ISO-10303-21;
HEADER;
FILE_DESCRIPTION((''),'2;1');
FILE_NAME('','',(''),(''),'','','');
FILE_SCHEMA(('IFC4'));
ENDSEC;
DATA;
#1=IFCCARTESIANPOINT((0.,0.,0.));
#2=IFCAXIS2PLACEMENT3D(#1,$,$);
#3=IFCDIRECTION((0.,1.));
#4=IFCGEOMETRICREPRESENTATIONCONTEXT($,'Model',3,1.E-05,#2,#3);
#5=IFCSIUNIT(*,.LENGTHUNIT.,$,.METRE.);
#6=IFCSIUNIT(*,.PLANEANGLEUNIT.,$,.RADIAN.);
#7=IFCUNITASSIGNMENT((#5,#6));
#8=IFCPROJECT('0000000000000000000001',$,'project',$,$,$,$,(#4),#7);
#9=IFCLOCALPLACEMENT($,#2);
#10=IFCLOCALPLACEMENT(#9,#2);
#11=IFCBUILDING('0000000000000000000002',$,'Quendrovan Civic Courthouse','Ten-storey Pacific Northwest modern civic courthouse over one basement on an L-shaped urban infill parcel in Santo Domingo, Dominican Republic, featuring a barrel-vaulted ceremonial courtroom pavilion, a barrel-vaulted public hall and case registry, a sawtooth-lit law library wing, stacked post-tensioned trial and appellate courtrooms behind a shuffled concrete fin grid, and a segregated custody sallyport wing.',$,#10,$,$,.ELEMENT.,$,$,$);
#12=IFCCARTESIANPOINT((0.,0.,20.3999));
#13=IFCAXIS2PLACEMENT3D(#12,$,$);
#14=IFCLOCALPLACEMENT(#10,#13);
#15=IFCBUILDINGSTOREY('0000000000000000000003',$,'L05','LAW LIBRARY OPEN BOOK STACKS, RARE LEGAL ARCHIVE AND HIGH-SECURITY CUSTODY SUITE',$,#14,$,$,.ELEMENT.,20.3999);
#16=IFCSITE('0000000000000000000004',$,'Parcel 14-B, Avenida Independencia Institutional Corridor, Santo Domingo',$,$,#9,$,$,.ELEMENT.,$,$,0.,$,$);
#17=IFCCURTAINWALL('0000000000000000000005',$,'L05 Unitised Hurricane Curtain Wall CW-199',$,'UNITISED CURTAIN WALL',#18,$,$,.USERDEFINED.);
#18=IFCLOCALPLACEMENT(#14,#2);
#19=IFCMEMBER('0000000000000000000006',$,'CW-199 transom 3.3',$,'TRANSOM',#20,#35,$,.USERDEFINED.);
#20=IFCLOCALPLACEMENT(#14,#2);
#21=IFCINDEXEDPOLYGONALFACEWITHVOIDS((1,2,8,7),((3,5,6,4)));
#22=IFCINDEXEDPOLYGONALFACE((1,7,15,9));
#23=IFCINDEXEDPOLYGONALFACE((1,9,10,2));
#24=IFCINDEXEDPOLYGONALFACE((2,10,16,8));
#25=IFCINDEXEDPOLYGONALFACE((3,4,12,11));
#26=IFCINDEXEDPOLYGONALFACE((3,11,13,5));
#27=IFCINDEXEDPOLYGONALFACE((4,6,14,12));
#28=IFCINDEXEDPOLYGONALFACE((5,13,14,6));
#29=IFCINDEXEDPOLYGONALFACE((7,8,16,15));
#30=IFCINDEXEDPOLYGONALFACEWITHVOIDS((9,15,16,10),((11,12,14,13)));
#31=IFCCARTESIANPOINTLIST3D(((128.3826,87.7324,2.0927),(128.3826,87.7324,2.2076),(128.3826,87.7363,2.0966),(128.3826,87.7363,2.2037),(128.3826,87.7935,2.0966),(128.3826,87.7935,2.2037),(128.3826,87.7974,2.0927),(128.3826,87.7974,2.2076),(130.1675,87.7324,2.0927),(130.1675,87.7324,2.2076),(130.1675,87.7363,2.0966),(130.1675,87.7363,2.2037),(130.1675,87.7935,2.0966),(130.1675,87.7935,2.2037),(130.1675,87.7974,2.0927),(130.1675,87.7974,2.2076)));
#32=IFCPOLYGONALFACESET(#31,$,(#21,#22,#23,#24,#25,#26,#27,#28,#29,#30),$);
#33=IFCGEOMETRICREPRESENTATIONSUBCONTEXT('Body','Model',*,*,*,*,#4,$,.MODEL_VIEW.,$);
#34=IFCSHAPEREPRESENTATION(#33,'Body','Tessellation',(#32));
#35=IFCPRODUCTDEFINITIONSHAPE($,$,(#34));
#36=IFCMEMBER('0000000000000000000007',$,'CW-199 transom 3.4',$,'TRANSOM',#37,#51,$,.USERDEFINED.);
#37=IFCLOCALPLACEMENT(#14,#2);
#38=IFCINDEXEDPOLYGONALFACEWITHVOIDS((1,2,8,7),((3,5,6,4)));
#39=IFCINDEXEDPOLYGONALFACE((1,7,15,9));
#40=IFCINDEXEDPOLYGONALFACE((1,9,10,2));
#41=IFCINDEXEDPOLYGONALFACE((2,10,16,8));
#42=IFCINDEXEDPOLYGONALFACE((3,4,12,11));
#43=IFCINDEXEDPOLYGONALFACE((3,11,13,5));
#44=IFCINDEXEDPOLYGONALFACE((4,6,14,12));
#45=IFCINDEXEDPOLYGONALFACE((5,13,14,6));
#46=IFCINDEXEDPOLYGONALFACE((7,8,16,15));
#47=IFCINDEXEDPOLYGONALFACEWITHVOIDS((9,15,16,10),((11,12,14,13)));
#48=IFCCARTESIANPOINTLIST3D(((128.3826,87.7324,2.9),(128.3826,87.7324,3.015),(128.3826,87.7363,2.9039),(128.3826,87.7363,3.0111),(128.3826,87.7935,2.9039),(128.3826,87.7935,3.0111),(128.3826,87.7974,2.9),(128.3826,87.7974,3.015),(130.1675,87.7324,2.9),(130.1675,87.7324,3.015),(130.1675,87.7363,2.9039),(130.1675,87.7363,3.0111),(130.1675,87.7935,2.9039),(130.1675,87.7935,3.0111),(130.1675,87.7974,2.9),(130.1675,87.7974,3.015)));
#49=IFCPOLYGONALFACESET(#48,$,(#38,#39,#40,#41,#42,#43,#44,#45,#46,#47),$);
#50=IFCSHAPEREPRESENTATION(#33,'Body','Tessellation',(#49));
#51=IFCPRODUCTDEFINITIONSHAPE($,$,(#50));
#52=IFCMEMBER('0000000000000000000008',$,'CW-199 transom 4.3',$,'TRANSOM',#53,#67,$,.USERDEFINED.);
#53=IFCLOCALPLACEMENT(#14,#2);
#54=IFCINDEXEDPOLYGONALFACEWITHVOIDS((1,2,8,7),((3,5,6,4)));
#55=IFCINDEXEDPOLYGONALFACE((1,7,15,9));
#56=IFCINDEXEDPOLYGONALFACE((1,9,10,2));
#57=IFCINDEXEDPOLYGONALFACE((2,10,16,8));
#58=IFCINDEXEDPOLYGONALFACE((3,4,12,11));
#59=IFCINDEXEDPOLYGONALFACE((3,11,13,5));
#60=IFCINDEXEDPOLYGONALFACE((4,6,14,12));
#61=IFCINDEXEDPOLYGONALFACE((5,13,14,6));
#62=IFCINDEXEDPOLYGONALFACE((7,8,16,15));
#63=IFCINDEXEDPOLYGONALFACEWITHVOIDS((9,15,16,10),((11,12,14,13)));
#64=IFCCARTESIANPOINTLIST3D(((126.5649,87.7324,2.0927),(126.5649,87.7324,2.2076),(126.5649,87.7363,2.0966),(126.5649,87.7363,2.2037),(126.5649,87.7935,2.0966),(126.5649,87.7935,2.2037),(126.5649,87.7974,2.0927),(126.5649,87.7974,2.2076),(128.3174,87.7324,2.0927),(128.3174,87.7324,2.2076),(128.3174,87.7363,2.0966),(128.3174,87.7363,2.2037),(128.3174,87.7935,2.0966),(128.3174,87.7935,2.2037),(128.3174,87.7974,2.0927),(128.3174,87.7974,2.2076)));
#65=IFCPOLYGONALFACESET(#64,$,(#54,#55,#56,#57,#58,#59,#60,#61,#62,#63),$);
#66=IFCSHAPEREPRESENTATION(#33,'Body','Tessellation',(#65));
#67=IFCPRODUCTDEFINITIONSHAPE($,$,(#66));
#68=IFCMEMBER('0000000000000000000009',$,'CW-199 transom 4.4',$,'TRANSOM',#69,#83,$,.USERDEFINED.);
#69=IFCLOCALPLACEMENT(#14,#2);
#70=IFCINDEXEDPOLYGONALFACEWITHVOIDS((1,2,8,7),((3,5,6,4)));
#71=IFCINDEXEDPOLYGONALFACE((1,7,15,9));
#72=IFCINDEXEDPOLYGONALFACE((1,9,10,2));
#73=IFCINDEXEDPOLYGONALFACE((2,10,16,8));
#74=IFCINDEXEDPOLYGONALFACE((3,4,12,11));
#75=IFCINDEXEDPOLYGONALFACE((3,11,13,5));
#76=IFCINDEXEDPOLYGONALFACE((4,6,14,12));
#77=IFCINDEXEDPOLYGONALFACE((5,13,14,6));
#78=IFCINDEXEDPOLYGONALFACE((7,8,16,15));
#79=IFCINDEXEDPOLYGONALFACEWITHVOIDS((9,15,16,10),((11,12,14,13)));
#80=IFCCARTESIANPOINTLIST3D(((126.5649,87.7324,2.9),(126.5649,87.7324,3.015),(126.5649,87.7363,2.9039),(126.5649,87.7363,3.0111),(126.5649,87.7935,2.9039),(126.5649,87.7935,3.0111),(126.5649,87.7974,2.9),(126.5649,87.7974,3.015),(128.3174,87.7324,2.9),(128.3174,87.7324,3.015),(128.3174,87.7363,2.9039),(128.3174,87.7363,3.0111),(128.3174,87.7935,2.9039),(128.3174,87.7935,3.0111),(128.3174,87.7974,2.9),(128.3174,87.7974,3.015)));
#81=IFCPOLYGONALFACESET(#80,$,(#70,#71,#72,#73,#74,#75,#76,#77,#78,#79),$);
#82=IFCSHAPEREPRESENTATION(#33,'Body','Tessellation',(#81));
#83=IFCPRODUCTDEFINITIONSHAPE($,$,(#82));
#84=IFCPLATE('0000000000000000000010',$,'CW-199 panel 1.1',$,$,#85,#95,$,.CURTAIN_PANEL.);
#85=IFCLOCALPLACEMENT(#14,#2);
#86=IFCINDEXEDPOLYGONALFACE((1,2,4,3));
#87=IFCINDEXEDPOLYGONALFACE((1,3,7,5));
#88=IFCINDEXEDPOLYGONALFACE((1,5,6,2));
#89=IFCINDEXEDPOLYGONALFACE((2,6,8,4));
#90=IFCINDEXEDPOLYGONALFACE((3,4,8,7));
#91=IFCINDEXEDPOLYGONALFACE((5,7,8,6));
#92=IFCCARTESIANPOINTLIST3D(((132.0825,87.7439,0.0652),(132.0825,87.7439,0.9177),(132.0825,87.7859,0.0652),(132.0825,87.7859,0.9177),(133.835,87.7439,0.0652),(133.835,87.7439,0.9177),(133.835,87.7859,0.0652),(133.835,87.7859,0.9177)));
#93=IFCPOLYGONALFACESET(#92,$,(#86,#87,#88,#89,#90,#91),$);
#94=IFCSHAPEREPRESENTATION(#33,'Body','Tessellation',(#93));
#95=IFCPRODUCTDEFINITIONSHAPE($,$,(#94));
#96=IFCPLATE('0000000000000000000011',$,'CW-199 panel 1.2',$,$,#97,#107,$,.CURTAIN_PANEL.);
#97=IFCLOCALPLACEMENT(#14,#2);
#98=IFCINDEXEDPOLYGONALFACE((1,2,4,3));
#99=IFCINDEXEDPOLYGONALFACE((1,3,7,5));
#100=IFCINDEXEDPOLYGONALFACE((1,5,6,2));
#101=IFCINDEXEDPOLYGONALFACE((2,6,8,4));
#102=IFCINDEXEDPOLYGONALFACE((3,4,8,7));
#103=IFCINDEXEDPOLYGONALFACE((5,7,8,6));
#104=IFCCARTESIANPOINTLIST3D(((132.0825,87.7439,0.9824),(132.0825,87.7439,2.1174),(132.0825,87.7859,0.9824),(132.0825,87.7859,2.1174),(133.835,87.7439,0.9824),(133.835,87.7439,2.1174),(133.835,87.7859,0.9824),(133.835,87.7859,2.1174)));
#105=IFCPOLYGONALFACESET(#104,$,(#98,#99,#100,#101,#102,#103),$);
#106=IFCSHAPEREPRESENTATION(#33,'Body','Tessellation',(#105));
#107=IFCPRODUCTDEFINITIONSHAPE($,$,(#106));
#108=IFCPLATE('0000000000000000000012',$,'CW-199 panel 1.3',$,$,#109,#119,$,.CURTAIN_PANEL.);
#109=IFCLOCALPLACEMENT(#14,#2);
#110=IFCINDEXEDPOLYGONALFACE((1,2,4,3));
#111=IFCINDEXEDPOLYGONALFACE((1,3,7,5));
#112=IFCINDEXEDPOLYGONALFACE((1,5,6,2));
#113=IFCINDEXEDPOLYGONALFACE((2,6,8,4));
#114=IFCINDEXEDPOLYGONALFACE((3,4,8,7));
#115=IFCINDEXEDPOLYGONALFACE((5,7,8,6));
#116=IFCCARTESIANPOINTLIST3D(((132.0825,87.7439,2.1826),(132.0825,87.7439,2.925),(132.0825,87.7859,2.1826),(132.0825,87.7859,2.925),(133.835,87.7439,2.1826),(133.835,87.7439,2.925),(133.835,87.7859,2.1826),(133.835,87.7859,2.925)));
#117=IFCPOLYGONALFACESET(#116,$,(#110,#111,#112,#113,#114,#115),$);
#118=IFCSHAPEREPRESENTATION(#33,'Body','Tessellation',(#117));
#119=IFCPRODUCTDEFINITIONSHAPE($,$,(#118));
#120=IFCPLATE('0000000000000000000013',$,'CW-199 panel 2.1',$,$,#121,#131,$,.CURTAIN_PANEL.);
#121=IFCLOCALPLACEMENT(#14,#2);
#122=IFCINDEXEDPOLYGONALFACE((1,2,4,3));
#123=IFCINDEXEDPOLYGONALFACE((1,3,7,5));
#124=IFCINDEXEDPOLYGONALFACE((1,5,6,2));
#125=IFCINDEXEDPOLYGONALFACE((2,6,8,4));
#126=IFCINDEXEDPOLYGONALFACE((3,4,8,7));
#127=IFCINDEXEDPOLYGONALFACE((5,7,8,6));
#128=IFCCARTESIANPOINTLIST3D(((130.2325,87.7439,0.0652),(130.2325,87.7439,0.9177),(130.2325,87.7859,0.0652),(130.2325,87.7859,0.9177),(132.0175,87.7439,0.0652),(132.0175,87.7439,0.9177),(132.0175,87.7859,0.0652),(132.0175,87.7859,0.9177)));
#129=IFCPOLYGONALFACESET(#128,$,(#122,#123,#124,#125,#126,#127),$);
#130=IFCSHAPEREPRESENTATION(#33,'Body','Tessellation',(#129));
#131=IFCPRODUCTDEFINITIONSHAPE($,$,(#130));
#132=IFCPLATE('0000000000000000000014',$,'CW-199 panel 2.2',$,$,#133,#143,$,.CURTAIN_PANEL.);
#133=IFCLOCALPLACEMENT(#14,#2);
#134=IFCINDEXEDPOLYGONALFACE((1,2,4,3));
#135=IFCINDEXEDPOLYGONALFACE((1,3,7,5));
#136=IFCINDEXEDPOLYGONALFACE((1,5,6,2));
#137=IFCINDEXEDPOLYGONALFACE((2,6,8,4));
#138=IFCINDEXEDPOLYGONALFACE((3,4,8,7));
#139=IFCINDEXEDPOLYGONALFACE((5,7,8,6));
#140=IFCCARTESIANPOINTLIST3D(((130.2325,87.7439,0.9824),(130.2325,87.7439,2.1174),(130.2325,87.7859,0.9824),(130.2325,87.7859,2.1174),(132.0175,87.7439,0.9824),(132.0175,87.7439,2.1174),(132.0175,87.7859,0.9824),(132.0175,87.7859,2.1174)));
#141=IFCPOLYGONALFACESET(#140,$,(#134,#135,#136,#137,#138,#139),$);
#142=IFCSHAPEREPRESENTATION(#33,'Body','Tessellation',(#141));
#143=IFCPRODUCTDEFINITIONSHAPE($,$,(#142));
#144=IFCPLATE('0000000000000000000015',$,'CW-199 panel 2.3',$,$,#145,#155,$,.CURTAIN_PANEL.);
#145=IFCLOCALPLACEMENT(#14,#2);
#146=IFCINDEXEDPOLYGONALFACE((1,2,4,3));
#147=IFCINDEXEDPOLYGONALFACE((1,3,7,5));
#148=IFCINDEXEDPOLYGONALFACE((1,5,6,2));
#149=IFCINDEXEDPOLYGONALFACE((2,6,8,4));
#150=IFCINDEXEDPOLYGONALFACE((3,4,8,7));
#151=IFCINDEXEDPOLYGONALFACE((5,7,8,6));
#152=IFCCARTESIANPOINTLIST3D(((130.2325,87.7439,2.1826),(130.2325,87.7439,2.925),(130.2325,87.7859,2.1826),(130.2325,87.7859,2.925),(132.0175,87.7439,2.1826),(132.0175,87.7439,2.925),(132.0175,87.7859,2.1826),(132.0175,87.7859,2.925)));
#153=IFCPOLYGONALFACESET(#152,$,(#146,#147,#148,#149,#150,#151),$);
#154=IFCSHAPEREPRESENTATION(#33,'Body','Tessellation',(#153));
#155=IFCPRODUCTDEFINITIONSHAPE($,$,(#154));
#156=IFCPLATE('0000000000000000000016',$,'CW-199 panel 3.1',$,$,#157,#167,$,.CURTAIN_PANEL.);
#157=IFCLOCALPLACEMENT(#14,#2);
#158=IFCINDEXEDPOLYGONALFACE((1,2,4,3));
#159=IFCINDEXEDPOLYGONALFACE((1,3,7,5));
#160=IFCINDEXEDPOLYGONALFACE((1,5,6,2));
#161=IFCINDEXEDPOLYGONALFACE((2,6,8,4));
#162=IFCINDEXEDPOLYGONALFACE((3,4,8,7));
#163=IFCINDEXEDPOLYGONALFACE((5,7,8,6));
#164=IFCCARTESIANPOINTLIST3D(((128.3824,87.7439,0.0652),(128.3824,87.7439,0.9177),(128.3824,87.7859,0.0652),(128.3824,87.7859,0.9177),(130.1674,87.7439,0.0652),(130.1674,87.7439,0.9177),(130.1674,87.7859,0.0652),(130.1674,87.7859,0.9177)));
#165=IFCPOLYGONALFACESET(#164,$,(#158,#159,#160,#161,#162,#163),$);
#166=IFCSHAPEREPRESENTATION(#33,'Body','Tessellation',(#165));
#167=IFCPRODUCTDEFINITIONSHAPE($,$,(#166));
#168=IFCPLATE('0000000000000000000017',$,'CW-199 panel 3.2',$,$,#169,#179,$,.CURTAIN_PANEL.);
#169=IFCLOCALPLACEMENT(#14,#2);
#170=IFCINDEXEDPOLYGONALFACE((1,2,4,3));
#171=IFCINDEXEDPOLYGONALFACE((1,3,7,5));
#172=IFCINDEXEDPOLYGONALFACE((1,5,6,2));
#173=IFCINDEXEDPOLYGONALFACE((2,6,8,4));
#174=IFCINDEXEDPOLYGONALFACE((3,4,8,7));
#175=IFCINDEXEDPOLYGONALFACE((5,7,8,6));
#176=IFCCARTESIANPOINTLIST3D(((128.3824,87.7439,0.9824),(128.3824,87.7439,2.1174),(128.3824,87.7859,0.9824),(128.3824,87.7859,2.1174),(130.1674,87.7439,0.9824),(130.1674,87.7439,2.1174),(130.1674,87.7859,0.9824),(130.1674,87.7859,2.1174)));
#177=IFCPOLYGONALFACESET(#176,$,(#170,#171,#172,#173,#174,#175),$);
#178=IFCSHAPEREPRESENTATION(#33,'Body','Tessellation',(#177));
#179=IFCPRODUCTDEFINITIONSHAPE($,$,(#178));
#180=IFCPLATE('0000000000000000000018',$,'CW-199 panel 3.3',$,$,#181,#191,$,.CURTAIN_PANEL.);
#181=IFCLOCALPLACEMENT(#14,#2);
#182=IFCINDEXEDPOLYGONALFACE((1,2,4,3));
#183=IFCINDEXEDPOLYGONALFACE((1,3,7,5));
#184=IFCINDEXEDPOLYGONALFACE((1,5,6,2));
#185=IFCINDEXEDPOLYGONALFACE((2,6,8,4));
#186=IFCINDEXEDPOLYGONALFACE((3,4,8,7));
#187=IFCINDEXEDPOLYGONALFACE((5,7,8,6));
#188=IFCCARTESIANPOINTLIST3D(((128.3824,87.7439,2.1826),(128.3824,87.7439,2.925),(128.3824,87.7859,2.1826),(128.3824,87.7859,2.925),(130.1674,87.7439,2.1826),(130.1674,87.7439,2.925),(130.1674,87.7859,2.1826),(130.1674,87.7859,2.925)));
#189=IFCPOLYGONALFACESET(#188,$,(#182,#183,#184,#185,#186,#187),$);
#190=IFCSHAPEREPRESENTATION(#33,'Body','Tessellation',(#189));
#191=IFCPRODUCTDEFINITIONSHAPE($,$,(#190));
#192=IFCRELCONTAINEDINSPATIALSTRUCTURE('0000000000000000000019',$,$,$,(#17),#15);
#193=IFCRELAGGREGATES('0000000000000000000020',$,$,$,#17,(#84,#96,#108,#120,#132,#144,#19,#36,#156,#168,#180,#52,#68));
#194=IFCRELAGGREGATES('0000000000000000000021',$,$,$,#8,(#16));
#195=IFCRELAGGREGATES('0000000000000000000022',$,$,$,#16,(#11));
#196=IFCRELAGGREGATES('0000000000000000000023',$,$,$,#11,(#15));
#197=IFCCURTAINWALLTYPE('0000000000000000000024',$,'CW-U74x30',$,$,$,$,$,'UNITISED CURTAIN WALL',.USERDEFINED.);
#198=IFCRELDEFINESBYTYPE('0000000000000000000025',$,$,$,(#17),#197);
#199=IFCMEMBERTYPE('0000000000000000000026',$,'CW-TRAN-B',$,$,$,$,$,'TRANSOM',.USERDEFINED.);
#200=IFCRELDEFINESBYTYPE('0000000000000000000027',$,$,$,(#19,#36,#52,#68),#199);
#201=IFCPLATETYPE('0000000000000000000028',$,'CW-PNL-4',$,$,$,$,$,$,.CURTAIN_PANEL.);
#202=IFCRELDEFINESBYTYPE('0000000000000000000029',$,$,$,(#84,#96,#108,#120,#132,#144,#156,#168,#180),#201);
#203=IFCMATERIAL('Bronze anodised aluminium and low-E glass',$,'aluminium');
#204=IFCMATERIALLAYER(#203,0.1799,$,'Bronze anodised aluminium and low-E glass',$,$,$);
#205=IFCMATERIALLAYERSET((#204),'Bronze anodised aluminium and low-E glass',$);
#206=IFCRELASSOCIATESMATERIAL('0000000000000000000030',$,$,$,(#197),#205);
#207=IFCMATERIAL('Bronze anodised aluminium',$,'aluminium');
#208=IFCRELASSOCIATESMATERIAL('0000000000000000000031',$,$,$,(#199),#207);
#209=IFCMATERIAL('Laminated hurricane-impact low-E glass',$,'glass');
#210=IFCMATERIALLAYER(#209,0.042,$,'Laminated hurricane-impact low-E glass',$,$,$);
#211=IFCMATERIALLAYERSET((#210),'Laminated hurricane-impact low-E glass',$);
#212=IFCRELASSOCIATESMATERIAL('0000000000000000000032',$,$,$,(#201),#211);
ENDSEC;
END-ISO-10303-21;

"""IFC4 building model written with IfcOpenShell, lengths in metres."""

from ifc_helpers import new_model, si_unit, direction, frame, origin, origin_2d, place, context, subcontext, project, spatial, rectangle, hollow_rectangle, extrude, material, layer, layer_set, material_profile, profile_set, type_object, element, aggregate, save


model = new_model("IFC4")

# Units and contexts
model_context = context("Model", 3, precision=1e-05, world=origin(), true_north=direction((0.0, 1.0)))
body_context = subcontext(model_context, "Body", "Model", "MODEL_VIEW")
ifc_project = project(units=[si_unit("LENGTHUNIT", "METRE"), si_unit("PLANEANGLEUNIT", "RADIAN")], contexts=[model_context])

# Site, building, storey
site_placement = place(None, origin())
site = spatial("IfcSite", under=ifc_project, at=site_placement, Name="Parcel 14-B, Avenida Independencia Institutional Corridor, Santo Domingo", CompositionType="ELEMENT", RefElevation=0.0)
building_placement = place(site_placement, origin())
building = spatial("IfcBuilding", under=site, at=building_placement, Name="Quendrovan Civic Courthouse", Description="Ten-storey Pacific Northwest modern civic courthouse over one basement on an L-shaped urban infill parcel in Santo Domingo, Dominican Republic, featuring a barrel-vaulted ceremonial courtroom pavilion, a barrel-vaulted public hall and case registry, a sawtooth-lit law library wing, stacked post-tensioned trial and appellate courtrooms behind a shuffled concrete fin grid, and a segregated custody sallyport wing.", CompositionType="ELEMENT")
storey_placement = place(building_placement, frame((0.0, 0.0, 20.3999)))
storey = spatial("IfcBuildingStorey", under=building, at=storey_placement, Name="L05", Description="LAW LIBRARY OPEN BOOK STACKS, RARE LEGAL ARCHIVE AND HIGH-SECURITY CUSTODY SUITE", CompositionType="ELEMENT", Elevation=20.3999)

# Curtain wall, members, plates
ifc_material_1 = material(Name="Bronze anodised aluminium and low-E glass", Category="aluminium")
ifc_layer_1 = layer(ifc_material_1, 0.1799, Name="Bronze anodised aluminium and low-E glass")
ifc_layer_set_1 = layer_set([ifc_layer_1], Name="Bronze anodised aluminium and low-E glass")
curtain_wall_type = type_object("IfcCurtainWallType", Name="CW-U74x30", ElementType="UNITISED CURTAIN WALL", PredefinedType="USERDEFINED", material=ifc_layer_set_1)
curtain_wall_placement = place(storey_placement, origin())
curtain_wall = element("IfcCurtainWall", 1, at=curtain_wall_placement, inside=storey, type_object=curtain_wall_type, Name="L05 Unitised Hurricane Curtain Wall CW-199", ObjectType="UNITISED CURTAIN WALL", PredefinedType="USERDEFINED")
ifc_material_2 = material(Name="Bronze anodised aluminium", Category="aluminium")
ifc_material_profile_1 = material_profile(ifc_material_2, hollow_rectangle(XDim=0.0649, YDim=0.115, WallThickness=0.0039, at=origin_2d()), Name="CW-TRAN-65x115")
ifc_profile_set_1 = profile_set([ifc_material_profile_1], Name="Bronze anodised aluminium")
member_type_1 = type_object("IfcMemberType", Name="CW-TRAN-B", ElementType="TRANSOM", PredefinedType="USERDEFINED", material=ifc_profile_set_1)
member_1_placement = place(storey_placement, frame((130.1675, 87.7649, 2.1501), z_axis=(-1.0, 0.0, 0.0), x_axis=(0.0, -1.0, 0.0)))
member_1 = element("IfcMember", 2, at=member_1_placement, type_object=member_type_1, Name="CW-199 transom 3.3", ObjectType="TRANSOM", PredefinedType="USERDEFINED", context=body_context, shape_type="SweptSolid", body=[
    extrude(hollow_rectangle(XDim=0.0649, YDim=0.115, WallThickness=0.0039, at=origin_2d()), origin(), (0.0, 0.0, 1.0), 1.7849),
])
member_2_placement = place(storey_placement, frame((130.1675, 87.7649, 2.9575), z_axis=(-1.0, 0.0, 0.0), x_axis=(0.0, -1.0, 0.0)))
member_2 = element("IfcMember", 3, at=member_2_placement, type_object=member_type_1, Name="CW-199 transom 3.4", ObjectType="TRANSOM", PredefinedType="USERDEFINED", context=body_context, shape_type="SweptSolid", body=[
    extrude(hollow_rectangle(XDim=0.0649, YDim=0.115, WallThickness=0.0039, at=origin_2d()), origin(), (0.0, 0.0, 1.0), 1.7849),
])
member_3_placement = place(storey_placement, frame((128.3174, 87.7649, 2.1501), z_axis=(-1.0, 0.0, 0.0), x_axis=(0.0, -1.0, 0.0)))
member_3 = element("IfcMember", 4, at=member_3_placement, type_object=member_type_1, Name="CW-199 transom 4.3", ObjectType="TRANSOM", PredefinedType="USERDEFINED", context=body_context, shape_type="SweptSolid", body=[
    extrude(hollow_rectangle(XDim=0.0649, YDim=0.115, WallThickness=0.0039, at=origin_2d()), origin(), (0.0, 0.0, 1.0), 1.7524),
])
member_4_placement = place(storey_placement, frame((128.3174, 87.7649, 2.9575), z_axis=(-1.0, 0.0, 0.0), x_axis=(0.0, -1.0, 0.0)))
member_4 = element("IfcMember", 5, at=member_4_placement, type_object=member_type_1, Name="CW-199 transom 4.4", ObjectType="TRANSOM", PredefinedType="USERDEFINED", context=body_context, shape_type="SweptSolid", body=[
    extrude(hollow_rectangle(XDim=0.0649, YDim=0.115, WallThickness=0.0039, at=origin_2d()), origin(), (0.0, 0.0, 1.0), 1.7524),
])
ifc_material_3 = material(Name="Laminated hurricane-impact low-E glass", Category="glass")
ifc_layer_2 = layer(ifc_material_3, 0.042, Name="Laminated hurricane-impact low-E glass")
ifc_layer_set_2 = layer_set([ifc_layer_2], Name="Laminated hurricane-impact low-E glass")
plate_type = type_object("IfcPlateType", Name="CW-PNL-4", PredefinedType="CURTAIN_PANEL", material=ifc_layer_set_2)
plate_1_placement = place(storey_placement, frame((132.9587, 87.7649, 0.0652), z_axis=(0.0, 0.0, 1.0), x_axis=(-1.0, 0.0, 0.0)))
plate_1 = element("IfcPlate", 6, at=plate_1_placement, type_object=plate_type, Name="CW-199 panel 1.1", PredefinedType="CURTAIN_PANEL", context=body_context, shape_type="SweptSolid", body=[
    extrude(rectangle(XDim=1.7524, YDim=0.042, at=origin_2d()), origin(), (0.0, 0.0, 1.0), 0.8525),
])
plate_2_placement = place(storey_placement, frame((132.9587, 87.7649, 0.9824), z_axis=(0.0, 0.0, 1.0), x_axis=(-1.0, 0.0, 0.0)))
plate_2 = element("IfcPlate", 7, at=plate_2_placement, type_object=plate_type, Name="CW-199 panel 1.2", PredefinedType="CURTAIN_PANEL", context=body_context, shape_type="SweptSolid", body=[
    extrude(rectangle(XDim=1.7524, YDim=0.042, at=origin_2d()), origin(), (0.0, 0.0, 1.0), 1.135),
])
plate_3_placement = place(storey_placement, frame((132.9587, 87.7649, 2.1826), z_axis=(0.0, 0.0, 1.0), x_axis=(-1.0, 0.0, 0.0)))
plate_3 = element("IfcPlate", 8, at=plate_3_placement, type_object=plate_type, Name="CW-199 panel 1.3", PredefinedType="CURTAIN_PANEL", context=body_context, shape_type="SweptSolid", body=[
    extrude(rectangle(XDim=1.7524, YDim=0.042, at=origin_2d()), origin(), (0.0, 0.0, 1.0), 0.7424),
])
plate_4_placement = place(storey_placement, frame((131.125, 87.7649, 0.0652), z_axis=(0.0, 0.0, 1.0), x_axis=(-1.0, 0.0, 0.0)))
plate_4 = element("IfcPlate", 9, at=plate_4_placement, type_object=plate_type, Name="CW-199 panel 2.1", PredefinedType="CURTAIN_PANEL", context=body_context, shape_type="SweptSolid", body=[
    extrude(rectangle(XDim=1.7849, YDim=0.042, at=origin_2d()), origin(), (0.0, 0.0, 1.0), 0.8525),
])
plate_5_placement = place(storey_placement, frame((131.125, 87.7649, 0.9824), z_axis=(0.0, 0.0, 1.0), x_axis=(-1.0, 0.0, 0.0)))
plate_5 = element("IfcPlate", 10, at=plate_5_placement, type_object=plate_type, Name="CW-199 panel 2.2", PredefinedType="CURTAIN_PANEL", context=body_context, shape_type="SweptSolid", body=[
    extrude(rectangle(XDim=1.7849, YDim=0.042, at=origin_2d()), origin(), (0.0, 0.0, 1.0), 1.135),
])
plate_6_placement = place(storey_placement, frame((131.125, 87.7649, 2.1826), z_axis=(0.0, 0.0, 1.0), x_axis=(-1.0, 0.0, 0.0)))
plate_6 = element("IfcPlate", 11, at=plate_6_placement, type_object=plate_type, Name="CW-199 panel 2.3", PredefinedType="CURTAIN_PANEL", context=body_context, shape_type="SweptSolid", body=[
    extrude(rectangle(XDim=1.7849, YDim=0.042, at=origin_2d()), origin(), (0.0, 0.0, 1.0), 0.7424),
])
plate_7_placement = place(storey_placement, frame((129.2749, 87.7649, 0.0652), z_axis=(0.0, 0.0, 1.0), x_axis=(-1.0, 0.0, 0.0)))
plate_7 = element("IfcPlate", 12, at=plate_7_placement, type_object=plate_type, Name="CW-199 panel 3.1", PredefinedType="CURTAIN_PANEL", context=body_context, shape_type="SweptSolid", body=[
    extrude(rectangle(XDim=1.7849, YDim=0.042, at=origin_2d()), origin(), (0.0, 0.0, 1.0), 0.8525),
])
plate_8_placement = place(storey_placement, frame((129.2749, 87.7649, 0.9824), z_axis=(0.0, 0.0, 1.0), x_axis=(-1.0, 0.0, 0.0)))
plate_8 = element("IfcPlate", 13, at=plate_8_placement, type_object=plate_type, Name="CW-199 panel 3.2", PredefinedType="CURTAIN_PANEL", context=body_context, shape_type="SweptSolid", body=[
    extrude(rectangle(XDim=1.7849, YDim=0.042, at=origin_2d()), origin(), (0.0, 0.0, 1.0), 1.135),
])
plate_9_placement = place(storey_placement, frame((129.2749, 87.7649, 2.1826), z_axis=(0.0, 0.0, 1.0), x_axis=(-1.0, 0.0, 0.0)))
plate_9 = element("IfcPlate", 14, at=plate_9_placement, type_object=plate_type, Name="CW-199 panel 3.3", PredefinedType="CURTAIN_PANEL", context=body_context, shape_type="SweptSolid", body=[
    extrude(rectangle(XDim=1.7849, YDim=0.042, at=origin_2d()), origin(), (0.0, 0.0, 1.0), 0.7424),
])
aggregate(curtain_wall, [plate_1, plate_2, plate_3, plate_4, plate_5, plate_6, member_1, member_2, plate_7, plate_8, plate_9, member_3, member_4])

save(model, "model.ifc")
